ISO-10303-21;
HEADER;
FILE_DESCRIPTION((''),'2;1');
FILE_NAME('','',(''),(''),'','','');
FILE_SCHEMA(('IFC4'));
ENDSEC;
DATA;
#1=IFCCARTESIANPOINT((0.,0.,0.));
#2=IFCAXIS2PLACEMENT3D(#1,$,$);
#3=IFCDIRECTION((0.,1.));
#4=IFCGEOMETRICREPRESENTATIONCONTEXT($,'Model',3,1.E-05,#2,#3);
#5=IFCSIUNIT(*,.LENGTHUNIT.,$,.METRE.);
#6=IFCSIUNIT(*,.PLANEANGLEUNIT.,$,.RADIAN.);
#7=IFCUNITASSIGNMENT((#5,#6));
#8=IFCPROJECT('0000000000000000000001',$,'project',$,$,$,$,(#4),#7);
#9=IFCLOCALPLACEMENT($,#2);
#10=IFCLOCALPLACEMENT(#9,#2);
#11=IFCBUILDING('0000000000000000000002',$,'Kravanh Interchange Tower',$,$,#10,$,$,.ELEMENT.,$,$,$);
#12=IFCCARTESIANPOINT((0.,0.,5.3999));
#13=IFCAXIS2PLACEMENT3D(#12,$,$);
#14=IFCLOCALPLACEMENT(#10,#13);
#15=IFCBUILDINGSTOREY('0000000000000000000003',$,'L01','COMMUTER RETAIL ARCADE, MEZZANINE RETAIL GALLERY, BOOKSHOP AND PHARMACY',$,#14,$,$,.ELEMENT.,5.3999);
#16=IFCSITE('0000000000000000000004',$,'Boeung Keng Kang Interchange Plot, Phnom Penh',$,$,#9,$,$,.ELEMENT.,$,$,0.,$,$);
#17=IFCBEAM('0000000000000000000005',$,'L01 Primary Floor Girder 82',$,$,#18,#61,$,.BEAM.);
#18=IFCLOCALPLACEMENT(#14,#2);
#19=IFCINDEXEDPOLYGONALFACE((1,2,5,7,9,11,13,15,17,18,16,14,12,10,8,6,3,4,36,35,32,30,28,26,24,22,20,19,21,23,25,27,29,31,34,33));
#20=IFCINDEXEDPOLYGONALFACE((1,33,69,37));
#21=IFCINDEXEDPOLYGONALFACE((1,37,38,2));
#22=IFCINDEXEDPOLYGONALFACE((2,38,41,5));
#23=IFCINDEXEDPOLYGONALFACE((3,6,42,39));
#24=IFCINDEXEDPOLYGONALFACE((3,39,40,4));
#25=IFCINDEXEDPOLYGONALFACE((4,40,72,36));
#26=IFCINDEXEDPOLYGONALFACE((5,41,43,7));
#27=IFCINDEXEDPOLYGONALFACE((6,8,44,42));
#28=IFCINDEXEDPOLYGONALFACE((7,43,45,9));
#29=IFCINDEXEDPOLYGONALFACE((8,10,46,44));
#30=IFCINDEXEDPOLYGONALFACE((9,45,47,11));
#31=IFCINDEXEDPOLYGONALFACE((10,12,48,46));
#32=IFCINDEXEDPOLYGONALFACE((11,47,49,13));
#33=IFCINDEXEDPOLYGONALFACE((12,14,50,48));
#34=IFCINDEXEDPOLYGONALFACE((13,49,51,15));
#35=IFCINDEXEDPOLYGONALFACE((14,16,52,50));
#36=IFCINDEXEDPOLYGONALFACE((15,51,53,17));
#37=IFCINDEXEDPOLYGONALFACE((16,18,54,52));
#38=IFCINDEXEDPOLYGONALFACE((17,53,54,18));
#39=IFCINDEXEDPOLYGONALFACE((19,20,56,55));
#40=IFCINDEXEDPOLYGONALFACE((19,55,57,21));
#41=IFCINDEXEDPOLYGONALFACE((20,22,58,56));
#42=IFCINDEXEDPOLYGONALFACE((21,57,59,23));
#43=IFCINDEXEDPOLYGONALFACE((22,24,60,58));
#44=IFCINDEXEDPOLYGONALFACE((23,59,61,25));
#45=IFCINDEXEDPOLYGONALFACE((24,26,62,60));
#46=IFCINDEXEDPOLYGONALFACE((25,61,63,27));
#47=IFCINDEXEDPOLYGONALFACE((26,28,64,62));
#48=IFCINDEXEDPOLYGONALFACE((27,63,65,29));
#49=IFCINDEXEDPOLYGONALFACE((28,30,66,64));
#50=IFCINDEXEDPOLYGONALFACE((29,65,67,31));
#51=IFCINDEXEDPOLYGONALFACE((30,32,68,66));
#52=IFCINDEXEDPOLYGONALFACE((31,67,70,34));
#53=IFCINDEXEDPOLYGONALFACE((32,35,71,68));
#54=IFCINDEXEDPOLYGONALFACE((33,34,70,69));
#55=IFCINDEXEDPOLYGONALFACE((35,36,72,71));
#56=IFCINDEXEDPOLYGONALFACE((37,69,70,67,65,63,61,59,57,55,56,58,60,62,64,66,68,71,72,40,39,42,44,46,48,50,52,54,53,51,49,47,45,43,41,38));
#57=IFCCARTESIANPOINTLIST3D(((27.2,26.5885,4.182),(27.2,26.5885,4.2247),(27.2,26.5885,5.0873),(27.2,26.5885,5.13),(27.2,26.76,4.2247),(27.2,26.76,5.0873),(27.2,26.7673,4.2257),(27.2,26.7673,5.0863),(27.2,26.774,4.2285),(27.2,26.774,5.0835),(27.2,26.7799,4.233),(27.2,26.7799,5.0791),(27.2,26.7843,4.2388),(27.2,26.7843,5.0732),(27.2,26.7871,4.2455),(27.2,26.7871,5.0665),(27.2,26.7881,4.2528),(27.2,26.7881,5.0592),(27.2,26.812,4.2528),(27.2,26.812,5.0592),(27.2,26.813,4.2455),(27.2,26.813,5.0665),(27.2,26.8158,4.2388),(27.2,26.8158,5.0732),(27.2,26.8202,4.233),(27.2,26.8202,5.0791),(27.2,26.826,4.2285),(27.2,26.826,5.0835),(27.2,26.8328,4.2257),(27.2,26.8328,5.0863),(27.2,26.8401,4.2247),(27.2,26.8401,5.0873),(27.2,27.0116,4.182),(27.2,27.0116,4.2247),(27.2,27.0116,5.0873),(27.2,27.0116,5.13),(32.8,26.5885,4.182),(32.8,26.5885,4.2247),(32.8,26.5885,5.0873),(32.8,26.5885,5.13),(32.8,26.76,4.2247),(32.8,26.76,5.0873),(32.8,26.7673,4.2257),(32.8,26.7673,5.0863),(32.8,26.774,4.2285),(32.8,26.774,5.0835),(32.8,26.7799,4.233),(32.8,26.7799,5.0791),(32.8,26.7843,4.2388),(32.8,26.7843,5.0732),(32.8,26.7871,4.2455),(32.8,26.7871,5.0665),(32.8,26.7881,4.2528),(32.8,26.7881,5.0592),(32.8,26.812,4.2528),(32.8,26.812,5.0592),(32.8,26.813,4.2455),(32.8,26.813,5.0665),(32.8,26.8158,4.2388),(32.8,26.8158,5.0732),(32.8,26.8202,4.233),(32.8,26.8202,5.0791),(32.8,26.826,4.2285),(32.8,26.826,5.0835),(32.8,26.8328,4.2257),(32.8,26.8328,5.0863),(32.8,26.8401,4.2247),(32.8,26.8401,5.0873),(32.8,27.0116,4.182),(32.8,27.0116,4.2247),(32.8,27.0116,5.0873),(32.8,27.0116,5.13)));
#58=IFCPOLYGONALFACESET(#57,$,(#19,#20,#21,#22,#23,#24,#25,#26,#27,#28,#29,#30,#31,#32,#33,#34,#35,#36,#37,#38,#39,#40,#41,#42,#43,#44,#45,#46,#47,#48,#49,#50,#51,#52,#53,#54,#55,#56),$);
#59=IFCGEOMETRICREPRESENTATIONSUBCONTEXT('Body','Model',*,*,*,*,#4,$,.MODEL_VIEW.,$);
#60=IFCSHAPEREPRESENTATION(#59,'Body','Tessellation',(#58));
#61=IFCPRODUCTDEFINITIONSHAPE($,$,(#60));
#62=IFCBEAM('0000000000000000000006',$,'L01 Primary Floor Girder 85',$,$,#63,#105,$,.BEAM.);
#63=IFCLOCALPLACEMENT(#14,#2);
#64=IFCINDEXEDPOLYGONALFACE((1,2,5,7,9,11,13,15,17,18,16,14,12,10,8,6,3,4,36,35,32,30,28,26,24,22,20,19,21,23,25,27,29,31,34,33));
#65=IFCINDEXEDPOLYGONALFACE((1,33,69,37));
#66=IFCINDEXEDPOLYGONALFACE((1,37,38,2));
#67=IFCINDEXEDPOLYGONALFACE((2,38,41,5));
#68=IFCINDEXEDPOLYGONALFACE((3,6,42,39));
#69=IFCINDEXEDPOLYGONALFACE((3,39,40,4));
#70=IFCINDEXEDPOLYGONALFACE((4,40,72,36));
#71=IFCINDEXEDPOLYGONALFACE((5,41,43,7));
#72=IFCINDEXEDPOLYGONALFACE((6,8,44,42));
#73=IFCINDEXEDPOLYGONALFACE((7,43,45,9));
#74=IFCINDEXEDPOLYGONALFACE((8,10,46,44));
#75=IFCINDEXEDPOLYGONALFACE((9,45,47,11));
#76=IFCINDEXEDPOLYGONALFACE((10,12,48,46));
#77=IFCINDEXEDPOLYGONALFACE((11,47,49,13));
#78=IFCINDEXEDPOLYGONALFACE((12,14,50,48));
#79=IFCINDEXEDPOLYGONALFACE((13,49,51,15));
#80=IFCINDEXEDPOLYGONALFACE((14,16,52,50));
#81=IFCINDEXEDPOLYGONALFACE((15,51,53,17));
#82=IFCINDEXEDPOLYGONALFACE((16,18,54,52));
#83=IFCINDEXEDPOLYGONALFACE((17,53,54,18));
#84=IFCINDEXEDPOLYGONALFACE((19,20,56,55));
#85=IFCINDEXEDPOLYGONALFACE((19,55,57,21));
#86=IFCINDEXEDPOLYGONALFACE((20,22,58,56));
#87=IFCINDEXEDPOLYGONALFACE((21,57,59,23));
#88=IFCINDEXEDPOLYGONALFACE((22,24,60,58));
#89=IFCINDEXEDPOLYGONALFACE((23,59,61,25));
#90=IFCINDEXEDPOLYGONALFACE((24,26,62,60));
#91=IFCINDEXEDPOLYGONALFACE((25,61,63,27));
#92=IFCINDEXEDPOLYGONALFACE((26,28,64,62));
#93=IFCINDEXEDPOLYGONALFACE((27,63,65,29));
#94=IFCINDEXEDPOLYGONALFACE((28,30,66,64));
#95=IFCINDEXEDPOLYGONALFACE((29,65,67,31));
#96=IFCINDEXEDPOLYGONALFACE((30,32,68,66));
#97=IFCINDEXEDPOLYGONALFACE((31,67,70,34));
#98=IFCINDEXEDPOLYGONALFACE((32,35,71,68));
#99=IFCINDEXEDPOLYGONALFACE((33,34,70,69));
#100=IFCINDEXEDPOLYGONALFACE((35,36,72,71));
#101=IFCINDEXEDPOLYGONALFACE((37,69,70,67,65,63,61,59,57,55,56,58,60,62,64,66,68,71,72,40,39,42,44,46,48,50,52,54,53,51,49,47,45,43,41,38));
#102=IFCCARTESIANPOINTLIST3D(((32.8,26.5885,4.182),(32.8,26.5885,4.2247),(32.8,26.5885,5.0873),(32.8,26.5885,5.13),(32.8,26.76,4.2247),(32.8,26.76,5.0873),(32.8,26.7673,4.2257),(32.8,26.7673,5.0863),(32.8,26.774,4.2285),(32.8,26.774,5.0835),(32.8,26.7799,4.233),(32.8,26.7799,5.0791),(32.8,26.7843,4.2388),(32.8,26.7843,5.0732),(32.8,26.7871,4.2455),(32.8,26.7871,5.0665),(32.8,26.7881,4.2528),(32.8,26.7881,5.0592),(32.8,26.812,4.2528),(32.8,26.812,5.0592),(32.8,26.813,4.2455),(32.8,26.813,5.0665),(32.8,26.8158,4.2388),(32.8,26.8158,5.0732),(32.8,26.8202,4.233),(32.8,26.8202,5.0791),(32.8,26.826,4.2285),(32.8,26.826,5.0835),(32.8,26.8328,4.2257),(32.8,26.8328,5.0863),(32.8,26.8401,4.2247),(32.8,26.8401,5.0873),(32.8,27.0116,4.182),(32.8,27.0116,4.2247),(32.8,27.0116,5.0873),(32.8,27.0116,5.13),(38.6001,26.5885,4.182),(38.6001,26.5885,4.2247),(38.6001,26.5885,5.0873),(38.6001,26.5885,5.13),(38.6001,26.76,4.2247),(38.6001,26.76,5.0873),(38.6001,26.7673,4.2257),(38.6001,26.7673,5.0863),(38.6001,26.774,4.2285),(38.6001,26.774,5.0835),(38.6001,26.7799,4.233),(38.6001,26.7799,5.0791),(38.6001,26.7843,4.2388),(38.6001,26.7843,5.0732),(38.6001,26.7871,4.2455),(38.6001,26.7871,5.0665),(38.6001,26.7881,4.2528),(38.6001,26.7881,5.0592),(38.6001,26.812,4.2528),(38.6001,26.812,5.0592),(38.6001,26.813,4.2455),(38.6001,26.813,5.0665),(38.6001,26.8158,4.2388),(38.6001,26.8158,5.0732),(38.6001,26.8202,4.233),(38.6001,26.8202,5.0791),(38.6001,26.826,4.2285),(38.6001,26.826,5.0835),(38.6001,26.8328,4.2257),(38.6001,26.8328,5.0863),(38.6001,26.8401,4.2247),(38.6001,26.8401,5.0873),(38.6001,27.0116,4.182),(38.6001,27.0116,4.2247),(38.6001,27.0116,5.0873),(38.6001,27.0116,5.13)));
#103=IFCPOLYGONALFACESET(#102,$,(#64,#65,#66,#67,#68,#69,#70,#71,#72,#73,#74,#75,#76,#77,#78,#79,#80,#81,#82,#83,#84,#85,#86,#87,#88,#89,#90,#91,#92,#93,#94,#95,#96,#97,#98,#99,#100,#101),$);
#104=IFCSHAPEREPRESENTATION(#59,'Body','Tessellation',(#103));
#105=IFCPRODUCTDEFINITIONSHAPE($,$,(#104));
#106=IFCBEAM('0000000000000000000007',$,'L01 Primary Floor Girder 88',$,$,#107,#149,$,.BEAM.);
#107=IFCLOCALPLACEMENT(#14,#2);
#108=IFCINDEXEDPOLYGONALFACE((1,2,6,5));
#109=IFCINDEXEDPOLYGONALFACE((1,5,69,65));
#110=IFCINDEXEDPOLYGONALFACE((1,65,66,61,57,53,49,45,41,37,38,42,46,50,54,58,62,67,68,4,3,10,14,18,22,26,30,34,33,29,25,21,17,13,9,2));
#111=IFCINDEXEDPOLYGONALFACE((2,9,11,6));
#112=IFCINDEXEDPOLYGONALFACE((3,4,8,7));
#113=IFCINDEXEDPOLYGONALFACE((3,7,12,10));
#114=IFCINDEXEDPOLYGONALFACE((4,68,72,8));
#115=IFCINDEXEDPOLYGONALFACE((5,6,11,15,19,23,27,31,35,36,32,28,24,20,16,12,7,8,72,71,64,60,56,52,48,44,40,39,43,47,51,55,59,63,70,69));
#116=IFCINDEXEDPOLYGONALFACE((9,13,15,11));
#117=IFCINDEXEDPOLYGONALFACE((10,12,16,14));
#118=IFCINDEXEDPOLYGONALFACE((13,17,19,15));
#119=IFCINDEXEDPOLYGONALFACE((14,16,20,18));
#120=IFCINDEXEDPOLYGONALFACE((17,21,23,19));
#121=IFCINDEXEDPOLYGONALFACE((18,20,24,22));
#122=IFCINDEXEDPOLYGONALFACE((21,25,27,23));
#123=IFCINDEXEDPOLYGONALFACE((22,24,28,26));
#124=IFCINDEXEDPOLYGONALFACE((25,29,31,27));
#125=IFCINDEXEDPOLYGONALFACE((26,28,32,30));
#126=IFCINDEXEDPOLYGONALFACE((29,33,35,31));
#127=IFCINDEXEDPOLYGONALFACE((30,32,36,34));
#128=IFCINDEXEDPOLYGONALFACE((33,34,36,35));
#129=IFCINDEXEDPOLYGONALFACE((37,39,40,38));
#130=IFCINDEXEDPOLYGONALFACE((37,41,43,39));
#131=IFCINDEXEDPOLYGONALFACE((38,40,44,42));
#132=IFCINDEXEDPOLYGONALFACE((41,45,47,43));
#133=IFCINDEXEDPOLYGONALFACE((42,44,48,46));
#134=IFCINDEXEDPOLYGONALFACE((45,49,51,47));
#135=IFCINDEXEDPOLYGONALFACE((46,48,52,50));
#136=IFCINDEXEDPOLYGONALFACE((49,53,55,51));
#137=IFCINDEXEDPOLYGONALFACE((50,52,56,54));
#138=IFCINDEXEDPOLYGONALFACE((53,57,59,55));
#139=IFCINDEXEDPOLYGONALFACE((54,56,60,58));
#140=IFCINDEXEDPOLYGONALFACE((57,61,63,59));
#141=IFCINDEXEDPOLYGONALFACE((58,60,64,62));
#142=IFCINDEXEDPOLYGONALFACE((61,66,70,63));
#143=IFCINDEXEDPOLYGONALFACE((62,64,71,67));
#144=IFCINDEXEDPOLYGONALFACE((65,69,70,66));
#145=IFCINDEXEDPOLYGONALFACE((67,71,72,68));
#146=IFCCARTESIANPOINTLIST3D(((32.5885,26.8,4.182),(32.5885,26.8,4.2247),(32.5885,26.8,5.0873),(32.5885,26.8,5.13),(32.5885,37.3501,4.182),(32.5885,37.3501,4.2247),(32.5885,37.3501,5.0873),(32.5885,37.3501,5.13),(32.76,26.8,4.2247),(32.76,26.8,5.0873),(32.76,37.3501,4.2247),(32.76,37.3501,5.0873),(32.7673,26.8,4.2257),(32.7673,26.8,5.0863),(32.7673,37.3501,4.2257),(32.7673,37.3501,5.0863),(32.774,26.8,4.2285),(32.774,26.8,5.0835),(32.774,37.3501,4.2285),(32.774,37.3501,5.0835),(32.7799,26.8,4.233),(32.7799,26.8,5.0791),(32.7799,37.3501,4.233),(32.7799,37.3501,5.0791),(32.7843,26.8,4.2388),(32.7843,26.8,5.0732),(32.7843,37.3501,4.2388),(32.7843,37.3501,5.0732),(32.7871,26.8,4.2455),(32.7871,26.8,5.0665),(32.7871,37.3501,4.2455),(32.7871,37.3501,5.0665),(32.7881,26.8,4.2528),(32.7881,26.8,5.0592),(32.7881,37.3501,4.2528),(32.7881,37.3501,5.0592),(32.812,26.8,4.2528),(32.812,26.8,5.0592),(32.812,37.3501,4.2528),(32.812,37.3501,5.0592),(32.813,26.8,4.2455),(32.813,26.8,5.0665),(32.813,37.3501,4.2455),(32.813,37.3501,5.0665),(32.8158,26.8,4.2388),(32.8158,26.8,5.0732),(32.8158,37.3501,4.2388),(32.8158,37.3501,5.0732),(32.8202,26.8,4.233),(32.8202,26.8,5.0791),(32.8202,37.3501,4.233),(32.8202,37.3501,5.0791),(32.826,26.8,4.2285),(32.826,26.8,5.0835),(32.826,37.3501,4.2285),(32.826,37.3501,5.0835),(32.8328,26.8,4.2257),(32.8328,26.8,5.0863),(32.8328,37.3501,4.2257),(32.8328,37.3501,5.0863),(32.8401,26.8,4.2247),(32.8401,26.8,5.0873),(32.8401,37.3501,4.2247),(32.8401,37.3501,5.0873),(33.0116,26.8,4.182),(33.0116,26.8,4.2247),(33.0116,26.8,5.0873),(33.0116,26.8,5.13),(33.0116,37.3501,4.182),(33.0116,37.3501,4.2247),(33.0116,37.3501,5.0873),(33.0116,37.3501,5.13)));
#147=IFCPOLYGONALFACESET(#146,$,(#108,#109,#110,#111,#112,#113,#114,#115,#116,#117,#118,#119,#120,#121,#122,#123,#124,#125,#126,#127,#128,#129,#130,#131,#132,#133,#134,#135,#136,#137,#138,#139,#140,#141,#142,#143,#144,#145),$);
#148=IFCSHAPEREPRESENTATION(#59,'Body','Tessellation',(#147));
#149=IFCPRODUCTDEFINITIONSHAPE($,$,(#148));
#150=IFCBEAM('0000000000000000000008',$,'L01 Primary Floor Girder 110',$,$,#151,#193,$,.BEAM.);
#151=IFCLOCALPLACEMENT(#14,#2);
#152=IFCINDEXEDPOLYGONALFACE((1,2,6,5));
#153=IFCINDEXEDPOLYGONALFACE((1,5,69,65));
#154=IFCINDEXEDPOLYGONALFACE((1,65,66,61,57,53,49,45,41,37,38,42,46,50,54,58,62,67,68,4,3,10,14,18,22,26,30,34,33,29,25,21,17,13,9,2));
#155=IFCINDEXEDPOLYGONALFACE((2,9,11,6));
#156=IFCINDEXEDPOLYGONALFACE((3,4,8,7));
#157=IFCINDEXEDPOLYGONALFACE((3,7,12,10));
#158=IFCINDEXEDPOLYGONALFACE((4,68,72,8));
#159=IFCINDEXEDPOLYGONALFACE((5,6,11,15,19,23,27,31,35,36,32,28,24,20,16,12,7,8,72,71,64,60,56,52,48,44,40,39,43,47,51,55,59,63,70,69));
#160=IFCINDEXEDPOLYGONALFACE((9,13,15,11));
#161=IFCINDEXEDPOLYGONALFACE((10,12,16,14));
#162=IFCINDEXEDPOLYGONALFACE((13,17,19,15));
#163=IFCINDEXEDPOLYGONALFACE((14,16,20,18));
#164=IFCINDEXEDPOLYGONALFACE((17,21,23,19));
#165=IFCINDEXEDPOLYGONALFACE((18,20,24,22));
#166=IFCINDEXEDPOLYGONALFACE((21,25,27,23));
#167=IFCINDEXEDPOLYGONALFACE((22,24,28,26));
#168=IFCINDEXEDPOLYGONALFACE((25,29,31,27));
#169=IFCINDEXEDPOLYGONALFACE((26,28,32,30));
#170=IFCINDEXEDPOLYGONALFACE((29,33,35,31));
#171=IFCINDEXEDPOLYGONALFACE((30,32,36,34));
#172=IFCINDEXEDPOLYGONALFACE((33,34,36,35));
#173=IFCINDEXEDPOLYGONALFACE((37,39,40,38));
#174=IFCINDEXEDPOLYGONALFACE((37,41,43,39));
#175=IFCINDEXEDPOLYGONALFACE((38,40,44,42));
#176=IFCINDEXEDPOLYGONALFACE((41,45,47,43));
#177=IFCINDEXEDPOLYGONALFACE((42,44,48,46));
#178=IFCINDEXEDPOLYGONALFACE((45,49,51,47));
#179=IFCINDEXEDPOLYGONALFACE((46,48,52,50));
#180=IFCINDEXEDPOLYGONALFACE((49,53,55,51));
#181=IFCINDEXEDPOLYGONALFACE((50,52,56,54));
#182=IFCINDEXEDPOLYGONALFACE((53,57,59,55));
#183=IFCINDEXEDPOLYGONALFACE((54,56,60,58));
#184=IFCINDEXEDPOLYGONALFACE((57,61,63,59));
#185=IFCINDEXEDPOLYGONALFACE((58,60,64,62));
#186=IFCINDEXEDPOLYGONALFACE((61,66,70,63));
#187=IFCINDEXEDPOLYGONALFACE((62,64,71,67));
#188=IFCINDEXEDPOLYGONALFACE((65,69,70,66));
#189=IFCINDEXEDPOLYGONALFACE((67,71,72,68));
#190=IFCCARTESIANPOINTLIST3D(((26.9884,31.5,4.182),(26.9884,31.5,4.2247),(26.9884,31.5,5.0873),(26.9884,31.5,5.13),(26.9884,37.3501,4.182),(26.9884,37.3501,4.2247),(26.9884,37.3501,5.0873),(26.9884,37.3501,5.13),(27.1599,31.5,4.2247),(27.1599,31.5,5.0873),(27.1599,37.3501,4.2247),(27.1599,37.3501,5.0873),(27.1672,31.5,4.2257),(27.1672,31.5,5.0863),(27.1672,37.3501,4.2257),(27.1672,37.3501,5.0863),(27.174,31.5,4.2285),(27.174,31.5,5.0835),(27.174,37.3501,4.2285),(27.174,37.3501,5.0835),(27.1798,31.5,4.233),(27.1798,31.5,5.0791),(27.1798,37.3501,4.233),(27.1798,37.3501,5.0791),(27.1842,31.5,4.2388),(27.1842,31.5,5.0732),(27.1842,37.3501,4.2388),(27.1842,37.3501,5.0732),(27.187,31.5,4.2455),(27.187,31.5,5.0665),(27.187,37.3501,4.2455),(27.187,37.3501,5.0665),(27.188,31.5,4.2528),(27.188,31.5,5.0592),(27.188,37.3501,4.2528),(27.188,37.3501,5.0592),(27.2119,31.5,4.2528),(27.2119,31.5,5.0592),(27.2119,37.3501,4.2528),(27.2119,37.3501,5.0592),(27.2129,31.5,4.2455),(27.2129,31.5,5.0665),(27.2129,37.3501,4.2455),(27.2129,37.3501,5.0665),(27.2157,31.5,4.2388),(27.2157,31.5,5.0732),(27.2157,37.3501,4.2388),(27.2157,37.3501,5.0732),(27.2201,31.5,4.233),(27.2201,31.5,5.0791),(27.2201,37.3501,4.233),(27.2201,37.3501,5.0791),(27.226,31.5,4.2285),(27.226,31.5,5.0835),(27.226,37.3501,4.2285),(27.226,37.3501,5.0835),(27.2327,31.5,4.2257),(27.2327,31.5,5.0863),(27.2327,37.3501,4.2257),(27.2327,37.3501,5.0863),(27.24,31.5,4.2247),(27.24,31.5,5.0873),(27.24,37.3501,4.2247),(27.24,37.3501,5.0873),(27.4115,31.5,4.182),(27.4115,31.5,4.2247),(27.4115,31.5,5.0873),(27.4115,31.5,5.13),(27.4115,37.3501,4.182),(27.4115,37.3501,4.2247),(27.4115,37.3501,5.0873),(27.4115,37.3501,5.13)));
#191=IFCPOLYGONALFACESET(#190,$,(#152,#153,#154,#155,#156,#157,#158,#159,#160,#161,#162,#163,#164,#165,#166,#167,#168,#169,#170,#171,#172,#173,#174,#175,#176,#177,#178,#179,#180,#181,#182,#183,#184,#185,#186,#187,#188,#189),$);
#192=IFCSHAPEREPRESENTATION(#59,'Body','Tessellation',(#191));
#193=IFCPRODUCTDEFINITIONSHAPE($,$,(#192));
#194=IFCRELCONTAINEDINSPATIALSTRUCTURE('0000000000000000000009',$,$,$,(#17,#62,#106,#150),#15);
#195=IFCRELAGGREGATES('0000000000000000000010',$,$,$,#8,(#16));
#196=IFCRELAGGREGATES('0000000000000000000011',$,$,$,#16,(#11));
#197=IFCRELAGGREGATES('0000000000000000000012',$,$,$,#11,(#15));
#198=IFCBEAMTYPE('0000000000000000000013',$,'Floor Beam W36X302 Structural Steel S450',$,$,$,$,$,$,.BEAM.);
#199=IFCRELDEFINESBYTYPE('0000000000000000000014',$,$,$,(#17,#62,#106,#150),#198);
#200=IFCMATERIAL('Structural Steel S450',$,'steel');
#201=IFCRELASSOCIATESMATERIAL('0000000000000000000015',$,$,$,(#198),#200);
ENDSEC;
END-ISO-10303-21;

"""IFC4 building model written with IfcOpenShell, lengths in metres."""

from ifc_helpers import new_model, si_unit, direction, frame, origin, origin_2d, place, context, subcontext, project, spatial, i_section, extrude, material, material_profile, profile_set, type_object, element, save


model = new_model("IFC4")

# Units and contexts
model_context = context("Model", 3, precision=1e-05, world=origin(), true_north=direction((0.0, 1.0)))
body_context = subcontext(model_context, "Body", "Model", "MODEL_VIEW")
ifc_project = project(units=[si_unit("LENGTHUNIT", "METRE"), si_unit("PLANEANGLEUNIT", "RADIAN")], contexts=[model_context])

# Site, building, storey
site_placement = place(None, origin())
site = spatial("IfcSite", under=ifc_project, at=site_placement, Name="Boeung Keng Kang Interchange Plot, Phnom Penh", CompositionType="ELEMENT", RefElevation=0.0)
building_placement = place(site_placement, origin())
building = spatial("IfcBuilding", under=site, at=building_placement, Name="Kravanh Interchange Tower", CompositionType="ELEMENT")
storey_placement = place(building_placement, frame((0.0, 0.0, 5.3999)))
storey = spatial("IfcBuildingStorey", under=building, at=storey_placement, Name="L01", Description="COMMUTER RETAIL ARCADE, MEZZANINE RETAIL GALLERY, BOOKSHOP AND PHARMACY", CompositionType="ELEMENT", Elevation=5.3999)

# Beams
ifc_material_1 = material(Name="Structural Steel S450", Category="steel")
ifc_material_profile_1 = material_profile(ifc_material_1, i_section(OverallWidth=0.4231, OverallDepth=0.948, WebThickness=0.0239, FlangeThickness=0.0427, FilletRadius=0.0281, at=origin_2d()), Name="W36X302")
ifc_profile_set_1 = profile_set([ifc_material_profile_1], Name="Structural Steel S450")
beam_type_1 = type_object("IfcBeamType", Name="Floor Beam W36X302 Structural Steel S450", PredefinedType="BEAM", material=ifc_profile_set_1)
beam_1_placement = place(storey_placement, frame((27.2, 26.8, 4.656), z_axis=(1.0, 0.0, 0.0), x_axis=(0.0, 1.0, 0.0)))
element("IfcBeam", 1, at=beam_1_placement, inside=storey, type_object=beam_type_1, Name="L01 Primary Floor Girder 82", PredefinedType="BEAM", context=body_context, shape_type="SweptSolid", body=[
    extrude(i_section(OverallWidth=0.4231, OverallDepth=0.948, WebThickness=0.0239, FlangeThickness=0.0427, FilletRadius=0.0281, at=origin_2d()), origin(), (0.0, 0.0, 1.0), 5.6001),
])
beam_2_placement = place(storey_placement, frame((32.8, 26.8, 4.656), z_axis=(1.0, 0.0, 0.0), x_axis=(0.0, 1.0, 0.0)))
element("IfcBeam", 2, at=beam_2_placement, inside=storey, type_object=beam_type_1, Name="L01 Primary Floor Girder 85", PredefinedType="BEAM", context=body_context, shape_type="SweptSolid", body=[
    extrude(i_section(OverallWidth=0.4231, OverallDepth=0.948, WebThickness=0.0239, FlangeThickness=0.0427, FilletRadius=0.0281, at=origin_2d()), origin(), (0.0, 0.0, 1.0), 5.8),
])
beam_3_placement = place(storey_placement, frame((32.8, 26.8, 4.656), z_axis=(0.0, 1.0, 0.0), x_axis=(-1.0, 0.0, 0.0)))
element("IfcBeam", 3, at=beam_3_placement, inside=storey, type_object=beam_type_1, Name="L01 Primary Floor Girder 88", PredefinedType="BEAM", context=body_context, shape_type="SweptSolid", body=[
    extrude(i_section(OverallWidth=0.4231, OverallDepth=0.948, WebThickness=0.0239, FlangeThickness=0.0427, FilletRadius=0.0281, at=origin_2d()), origin(), (0.0, 0.0, 1.0), 10.55),
])
beam_4_placement = place(storey_placement, frame((27.2, 31.5, 4.656), z_axis=(0.0, 1.0, 0.0), x_axis=(-1.0, 0.0, 0.0)))
element("IfcBeam", 4, at=beam_4_placement, inside=storey, type_object=beam_type_1, Name="L01 Primary Floor Girder 110", PredefinedType="BEAM", context=body_context, shape_type="SweptSolid", body=[
    extrude(i_section(OverallWidth=0.4231, OverallDepth=0.948, WebThickness=0.0239, FlangeThickness=0.0427, FilletRadius=0.0281, at=origin_2d()), origin(), (0.0, 0.0, 1.0), 5.8501),
])

save(model, "model.ifc")
